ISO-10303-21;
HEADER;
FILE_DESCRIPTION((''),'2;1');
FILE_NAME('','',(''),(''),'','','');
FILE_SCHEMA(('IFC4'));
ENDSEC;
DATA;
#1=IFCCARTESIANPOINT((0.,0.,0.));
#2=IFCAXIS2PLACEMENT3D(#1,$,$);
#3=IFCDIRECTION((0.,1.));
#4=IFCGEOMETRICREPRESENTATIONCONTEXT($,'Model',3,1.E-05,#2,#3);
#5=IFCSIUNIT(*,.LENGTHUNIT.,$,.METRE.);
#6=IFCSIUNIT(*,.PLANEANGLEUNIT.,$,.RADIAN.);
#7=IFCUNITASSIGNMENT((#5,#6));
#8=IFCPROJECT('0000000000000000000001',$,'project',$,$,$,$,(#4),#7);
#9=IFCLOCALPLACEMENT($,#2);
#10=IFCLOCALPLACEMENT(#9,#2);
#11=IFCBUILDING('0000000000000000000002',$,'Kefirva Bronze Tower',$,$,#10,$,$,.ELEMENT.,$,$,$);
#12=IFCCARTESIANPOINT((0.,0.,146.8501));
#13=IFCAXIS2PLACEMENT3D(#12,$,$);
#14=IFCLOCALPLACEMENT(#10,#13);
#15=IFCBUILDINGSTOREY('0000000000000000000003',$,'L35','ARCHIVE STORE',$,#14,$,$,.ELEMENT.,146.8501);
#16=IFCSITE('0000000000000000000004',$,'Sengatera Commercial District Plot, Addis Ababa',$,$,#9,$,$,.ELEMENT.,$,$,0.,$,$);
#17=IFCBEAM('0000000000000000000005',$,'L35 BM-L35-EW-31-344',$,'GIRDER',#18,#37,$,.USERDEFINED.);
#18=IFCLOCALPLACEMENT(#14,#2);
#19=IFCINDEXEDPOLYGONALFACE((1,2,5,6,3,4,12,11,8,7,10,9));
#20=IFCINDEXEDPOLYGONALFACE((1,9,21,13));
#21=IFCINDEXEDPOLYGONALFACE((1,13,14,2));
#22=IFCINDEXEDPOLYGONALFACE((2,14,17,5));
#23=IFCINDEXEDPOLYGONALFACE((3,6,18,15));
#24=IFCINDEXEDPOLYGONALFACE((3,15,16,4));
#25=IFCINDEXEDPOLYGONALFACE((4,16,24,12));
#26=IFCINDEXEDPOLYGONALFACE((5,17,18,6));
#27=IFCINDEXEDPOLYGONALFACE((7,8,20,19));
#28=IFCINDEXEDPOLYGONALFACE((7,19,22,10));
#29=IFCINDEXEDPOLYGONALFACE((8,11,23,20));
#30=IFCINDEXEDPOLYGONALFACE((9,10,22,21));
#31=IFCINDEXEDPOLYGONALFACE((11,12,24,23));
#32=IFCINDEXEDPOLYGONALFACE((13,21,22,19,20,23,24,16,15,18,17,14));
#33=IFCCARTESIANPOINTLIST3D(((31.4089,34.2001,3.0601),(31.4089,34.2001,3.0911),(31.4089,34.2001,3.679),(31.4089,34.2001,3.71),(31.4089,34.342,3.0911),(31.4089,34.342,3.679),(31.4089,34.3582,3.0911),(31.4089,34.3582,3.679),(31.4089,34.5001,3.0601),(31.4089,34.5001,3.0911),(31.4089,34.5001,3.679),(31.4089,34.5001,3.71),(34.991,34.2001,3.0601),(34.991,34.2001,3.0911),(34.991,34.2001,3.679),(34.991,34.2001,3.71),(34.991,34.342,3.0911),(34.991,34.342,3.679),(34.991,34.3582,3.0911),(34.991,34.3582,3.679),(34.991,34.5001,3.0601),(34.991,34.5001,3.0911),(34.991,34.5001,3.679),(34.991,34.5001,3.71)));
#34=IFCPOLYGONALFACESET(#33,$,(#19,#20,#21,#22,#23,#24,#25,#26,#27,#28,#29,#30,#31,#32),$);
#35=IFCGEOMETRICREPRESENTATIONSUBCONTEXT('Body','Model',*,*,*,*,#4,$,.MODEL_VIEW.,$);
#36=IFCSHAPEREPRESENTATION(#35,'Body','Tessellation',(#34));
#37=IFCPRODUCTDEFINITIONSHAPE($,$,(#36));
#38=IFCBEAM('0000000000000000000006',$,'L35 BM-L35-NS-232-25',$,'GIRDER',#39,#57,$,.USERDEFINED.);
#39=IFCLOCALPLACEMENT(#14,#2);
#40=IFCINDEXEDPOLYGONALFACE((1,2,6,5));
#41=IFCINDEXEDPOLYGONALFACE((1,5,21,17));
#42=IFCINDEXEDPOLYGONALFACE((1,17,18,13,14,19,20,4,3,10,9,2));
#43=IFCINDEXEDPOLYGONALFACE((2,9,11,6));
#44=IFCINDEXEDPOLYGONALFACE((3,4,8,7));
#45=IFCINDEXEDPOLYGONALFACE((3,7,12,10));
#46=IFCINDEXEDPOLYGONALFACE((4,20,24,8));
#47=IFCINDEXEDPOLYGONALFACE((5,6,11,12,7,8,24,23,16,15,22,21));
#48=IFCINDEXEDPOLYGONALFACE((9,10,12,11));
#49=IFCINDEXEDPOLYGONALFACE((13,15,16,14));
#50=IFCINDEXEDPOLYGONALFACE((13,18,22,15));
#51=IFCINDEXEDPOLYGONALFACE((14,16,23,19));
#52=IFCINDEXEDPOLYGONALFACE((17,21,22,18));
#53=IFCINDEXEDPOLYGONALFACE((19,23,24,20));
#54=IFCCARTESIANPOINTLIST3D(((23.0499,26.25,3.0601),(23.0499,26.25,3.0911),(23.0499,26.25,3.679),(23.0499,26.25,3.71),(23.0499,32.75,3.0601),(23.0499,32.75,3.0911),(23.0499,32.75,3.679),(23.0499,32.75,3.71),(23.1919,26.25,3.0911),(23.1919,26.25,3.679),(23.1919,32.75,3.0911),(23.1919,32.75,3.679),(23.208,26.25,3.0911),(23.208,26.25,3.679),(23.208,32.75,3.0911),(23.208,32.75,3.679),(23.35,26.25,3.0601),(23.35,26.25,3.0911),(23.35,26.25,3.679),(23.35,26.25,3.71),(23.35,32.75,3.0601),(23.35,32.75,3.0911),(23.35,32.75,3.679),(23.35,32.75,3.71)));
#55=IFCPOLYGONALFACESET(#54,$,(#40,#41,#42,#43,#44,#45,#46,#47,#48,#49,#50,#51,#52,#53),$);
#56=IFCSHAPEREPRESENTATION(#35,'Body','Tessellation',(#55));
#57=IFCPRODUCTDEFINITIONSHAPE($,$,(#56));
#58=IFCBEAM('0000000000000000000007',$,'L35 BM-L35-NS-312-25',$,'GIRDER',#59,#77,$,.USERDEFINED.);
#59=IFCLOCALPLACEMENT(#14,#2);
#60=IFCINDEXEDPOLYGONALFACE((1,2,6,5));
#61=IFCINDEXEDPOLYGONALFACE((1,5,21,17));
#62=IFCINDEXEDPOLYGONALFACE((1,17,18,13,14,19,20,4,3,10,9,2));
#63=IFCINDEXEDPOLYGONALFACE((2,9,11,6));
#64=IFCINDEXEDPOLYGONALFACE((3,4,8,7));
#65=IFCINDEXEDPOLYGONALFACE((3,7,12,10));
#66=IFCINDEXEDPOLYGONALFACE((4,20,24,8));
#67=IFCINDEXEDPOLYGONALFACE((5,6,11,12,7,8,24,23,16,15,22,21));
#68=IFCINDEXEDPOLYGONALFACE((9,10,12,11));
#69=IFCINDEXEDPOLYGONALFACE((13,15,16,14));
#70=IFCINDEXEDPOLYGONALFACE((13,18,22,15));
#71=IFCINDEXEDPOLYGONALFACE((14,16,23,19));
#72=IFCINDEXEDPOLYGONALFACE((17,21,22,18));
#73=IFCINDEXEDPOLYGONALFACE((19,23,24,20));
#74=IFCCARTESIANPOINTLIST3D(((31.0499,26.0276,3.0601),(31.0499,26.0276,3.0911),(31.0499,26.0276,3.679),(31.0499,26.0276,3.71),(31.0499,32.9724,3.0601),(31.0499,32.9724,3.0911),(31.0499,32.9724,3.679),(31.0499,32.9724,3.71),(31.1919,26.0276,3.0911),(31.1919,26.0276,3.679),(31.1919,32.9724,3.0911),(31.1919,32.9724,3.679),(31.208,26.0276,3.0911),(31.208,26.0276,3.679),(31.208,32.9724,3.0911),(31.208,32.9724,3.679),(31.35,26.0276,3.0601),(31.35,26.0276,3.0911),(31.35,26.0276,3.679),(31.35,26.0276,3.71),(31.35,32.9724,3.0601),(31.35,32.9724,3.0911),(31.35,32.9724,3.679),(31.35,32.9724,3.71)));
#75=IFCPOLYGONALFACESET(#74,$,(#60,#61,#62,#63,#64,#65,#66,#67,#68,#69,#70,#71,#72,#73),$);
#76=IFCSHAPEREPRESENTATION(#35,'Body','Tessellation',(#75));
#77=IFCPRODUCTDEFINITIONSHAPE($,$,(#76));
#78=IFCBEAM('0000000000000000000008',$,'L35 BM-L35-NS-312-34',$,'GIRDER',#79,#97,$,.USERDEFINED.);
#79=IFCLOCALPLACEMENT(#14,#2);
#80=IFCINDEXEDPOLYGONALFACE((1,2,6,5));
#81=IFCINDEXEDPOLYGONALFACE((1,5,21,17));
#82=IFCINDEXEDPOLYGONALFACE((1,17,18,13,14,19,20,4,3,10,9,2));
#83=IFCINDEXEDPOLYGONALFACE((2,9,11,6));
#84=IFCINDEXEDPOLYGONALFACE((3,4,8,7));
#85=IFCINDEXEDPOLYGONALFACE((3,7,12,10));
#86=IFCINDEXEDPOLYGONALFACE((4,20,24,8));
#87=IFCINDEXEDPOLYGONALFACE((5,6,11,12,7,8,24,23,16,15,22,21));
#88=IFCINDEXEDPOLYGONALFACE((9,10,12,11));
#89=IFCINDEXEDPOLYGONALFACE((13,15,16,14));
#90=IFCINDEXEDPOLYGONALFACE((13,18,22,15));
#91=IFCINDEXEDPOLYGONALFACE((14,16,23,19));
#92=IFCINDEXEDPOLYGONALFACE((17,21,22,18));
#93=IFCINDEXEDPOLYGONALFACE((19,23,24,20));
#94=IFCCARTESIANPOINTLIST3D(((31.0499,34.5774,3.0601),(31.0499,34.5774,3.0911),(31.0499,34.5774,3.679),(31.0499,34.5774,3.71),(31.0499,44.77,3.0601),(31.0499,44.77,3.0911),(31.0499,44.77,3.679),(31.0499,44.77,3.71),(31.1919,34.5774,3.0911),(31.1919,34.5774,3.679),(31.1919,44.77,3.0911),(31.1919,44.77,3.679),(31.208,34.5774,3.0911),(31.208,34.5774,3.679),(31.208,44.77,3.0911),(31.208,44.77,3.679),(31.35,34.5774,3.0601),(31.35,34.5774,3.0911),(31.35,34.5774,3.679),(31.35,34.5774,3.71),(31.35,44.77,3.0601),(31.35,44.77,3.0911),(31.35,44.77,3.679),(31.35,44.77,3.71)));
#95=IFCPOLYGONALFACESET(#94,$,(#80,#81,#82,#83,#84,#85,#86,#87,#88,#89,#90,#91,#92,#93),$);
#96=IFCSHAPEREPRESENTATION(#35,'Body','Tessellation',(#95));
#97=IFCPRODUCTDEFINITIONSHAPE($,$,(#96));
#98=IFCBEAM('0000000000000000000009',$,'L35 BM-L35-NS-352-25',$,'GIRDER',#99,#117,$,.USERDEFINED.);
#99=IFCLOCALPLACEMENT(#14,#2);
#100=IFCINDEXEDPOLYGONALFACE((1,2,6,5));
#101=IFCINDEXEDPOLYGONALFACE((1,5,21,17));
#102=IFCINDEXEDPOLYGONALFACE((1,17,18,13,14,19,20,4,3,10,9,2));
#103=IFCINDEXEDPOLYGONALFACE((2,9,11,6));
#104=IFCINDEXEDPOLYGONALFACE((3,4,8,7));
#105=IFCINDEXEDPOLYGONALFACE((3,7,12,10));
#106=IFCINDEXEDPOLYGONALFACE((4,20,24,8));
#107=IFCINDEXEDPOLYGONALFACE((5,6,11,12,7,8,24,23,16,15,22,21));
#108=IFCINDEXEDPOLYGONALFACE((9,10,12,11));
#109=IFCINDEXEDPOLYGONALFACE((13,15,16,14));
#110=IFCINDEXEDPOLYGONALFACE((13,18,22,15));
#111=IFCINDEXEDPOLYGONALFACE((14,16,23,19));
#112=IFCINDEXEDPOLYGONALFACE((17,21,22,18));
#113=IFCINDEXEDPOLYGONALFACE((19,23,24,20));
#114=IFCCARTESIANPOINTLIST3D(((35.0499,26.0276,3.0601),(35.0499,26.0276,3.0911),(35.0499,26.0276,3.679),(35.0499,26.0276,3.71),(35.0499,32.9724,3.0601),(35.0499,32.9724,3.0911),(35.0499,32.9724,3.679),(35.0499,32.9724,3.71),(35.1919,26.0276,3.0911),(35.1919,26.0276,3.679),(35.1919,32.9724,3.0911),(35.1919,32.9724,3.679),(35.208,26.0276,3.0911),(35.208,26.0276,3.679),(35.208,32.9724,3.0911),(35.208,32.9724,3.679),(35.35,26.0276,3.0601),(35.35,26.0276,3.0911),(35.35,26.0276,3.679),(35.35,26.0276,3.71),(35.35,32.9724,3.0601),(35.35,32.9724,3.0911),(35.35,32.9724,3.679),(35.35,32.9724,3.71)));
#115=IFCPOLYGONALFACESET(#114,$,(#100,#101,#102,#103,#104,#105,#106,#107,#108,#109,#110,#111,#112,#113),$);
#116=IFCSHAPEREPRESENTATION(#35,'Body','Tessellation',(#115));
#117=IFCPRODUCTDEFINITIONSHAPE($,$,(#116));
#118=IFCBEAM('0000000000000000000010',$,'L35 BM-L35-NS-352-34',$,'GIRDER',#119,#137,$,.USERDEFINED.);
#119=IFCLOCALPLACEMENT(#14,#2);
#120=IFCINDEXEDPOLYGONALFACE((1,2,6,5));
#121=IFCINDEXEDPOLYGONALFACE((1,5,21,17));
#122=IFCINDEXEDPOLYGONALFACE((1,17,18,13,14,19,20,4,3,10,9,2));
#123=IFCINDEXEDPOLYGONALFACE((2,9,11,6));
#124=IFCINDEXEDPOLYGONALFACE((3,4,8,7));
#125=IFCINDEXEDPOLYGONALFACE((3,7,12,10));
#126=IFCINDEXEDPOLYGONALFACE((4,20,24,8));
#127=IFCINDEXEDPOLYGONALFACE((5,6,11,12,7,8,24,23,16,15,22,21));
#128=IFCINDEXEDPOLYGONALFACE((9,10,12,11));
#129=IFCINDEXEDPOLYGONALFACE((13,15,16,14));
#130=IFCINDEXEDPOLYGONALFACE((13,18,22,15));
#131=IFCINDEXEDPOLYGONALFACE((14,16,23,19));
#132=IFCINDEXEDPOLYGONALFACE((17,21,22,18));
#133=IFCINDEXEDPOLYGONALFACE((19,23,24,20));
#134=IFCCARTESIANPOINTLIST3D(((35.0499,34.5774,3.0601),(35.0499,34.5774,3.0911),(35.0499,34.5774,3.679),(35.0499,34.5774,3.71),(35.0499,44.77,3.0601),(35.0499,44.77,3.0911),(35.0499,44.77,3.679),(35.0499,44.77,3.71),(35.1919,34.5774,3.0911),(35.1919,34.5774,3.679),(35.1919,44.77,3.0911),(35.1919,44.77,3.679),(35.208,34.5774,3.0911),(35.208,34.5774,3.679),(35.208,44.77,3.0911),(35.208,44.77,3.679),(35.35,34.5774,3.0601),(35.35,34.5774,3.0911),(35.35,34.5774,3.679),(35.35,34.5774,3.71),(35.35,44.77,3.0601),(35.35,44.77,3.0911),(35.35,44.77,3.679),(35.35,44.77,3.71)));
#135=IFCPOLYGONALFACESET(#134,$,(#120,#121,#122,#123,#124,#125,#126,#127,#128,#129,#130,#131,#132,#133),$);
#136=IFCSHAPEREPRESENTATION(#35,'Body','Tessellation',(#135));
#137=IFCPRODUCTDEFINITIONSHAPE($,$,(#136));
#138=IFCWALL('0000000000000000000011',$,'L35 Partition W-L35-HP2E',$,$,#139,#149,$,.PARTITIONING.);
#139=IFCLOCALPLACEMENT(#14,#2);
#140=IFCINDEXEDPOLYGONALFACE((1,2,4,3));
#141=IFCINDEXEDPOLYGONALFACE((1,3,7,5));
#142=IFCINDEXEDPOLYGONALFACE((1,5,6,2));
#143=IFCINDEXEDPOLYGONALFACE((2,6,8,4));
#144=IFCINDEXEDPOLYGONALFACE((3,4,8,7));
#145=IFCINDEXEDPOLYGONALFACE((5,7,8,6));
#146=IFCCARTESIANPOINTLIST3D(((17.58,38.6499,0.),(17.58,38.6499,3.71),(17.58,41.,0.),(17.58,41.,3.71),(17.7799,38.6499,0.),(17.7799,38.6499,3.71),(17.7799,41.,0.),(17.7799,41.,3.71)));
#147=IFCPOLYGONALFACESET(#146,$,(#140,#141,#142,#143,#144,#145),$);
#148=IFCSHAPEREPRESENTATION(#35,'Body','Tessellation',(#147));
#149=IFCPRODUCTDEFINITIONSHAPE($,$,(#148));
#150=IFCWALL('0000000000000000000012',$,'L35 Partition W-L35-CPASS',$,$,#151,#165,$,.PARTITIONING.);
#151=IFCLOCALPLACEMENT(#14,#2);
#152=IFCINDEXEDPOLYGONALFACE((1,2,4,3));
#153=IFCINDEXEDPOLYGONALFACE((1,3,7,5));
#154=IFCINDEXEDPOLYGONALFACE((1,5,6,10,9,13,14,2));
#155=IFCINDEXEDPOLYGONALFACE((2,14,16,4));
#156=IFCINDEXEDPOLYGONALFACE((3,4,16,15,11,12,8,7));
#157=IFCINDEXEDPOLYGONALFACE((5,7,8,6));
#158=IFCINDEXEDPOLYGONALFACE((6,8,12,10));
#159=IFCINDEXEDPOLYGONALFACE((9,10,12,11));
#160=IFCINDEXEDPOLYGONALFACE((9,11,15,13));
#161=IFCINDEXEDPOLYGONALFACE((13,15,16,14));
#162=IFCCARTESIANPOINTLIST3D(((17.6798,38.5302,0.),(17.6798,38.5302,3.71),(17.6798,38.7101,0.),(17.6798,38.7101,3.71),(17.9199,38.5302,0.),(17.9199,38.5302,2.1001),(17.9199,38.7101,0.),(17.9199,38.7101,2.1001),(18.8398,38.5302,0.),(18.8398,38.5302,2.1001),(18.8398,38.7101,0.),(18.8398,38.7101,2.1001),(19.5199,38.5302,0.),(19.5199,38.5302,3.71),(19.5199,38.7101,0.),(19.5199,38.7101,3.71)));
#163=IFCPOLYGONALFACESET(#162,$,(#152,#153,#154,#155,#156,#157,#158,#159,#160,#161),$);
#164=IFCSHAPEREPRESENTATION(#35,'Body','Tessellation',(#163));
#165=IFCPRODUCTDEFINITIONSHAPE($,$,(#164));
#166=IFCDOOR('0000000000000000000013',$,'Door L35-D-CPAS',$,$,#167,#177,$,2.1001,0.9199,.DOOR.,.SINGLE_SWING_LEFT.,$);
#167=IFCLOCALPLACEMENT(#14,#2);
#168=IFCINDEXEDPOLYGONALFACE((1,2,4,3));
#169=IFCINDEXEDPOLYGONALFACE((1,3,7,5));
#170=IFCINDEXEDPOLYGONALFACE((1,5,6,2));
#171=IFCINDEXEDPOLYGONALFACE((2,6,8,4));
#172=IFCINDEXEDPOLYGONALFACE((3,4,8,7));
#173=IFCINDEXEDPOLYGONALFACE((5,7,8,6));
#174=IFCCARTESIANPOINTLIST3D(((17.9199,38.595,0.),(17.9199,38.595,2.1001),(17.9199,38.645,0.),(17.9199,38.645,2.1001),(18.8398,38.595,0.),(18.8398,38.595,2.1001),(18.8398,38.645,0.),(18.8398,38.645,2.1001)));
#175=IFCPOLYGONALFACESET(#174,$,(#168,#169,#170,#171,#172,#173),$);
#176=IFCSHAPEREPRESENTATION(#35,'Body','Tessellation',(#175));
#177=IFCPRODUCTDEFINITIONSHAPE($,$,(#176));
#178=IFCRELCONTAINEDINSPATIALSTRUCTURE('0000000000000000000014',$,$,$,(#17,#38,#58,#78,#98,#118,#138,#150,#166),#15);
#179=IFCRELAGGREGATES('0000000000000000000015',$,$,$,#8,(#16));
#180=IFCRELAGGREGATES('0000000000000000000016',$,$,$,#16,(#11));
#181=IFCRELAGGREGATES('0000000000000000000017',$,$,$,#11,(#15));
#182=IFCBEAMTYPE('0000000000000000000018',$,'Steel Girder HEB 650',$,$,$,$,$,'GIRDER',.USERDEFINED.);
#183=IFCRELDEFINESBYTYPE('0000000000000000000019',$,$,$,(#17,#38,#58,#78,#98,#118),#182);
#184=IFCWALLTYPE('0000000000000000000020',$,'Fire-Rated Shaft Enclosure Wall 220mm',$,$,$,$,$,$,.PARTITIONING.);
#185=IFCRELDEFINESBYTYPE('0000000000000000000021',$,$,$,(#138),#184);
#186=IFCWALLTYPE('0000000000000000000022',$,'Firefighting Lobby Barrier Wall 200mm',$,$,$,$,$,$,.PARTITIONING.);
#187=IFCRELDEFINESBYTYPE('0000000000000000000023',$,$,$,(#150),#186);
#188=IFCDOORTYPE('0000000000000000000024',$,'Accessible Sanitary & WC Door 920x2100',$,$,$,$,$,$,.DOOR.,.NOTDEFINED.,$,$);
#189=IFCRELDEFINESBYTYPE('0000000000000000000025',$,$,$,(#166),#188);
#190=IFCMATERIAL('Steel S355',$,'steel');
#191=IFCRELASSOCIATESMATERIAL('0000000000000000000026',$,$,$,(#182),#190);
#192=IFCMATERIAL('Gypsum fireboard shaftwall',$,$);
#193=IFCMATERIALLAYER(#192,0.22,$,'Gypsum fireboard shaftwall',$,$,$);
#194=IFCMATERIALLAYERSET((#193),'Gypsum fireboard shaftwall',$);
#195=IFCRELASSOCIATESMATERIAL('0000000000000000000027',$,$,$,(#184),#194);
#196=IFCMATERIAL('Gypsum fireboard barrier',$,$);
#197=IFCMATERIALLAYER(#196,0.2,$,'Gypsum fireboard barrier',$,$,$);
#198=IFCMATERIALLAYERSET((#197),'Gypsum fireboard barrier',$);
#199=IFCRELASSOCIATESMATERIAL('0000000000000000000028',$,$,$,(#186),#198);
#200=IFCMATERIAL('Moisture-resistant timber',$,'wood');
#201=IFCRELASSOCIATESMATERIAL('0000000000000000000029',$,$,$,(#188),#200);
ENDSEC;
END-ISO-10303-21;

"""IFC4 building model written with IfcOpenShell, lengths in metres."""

from ifc_helpers import new_model, si_unit, direction, frame, frame_2d, origin, origin_2d, place, context, subcontext, project, spatial, rectangle, i_section, extrude, material, layer, layer_set, material_profile, profile_set, type_object, element, fill, save


model = new_model("IFC4")

# Units and contexts
model_context = context("Model", 3, precision=1e-05, world=origin(), true_north=direction((0.0, 1.0)))
body_context = subcontext(model_context, "Body", "Model", "MODEL_VIEW")
ifc_project = project(units=[si_unit("LENGTHUNIT", "METRE"), si_unit("PLANEANGLEUNIT", "RADIAN")], contexts=[model_context])

# Site, building, storey
site_placement = place(None, origin())
site = spatial("IfcSite", under=ifc_project, at=site_placement, Name="Sengatera Commercial District Plot, Addis Ababa", CompositionType="ELEMENT", RefElevation=0.0)
building_placement = place(site_placement, origin())
building = spatial("IfcBuilding", under=site, at=building_placement, Name="Kefirva Bronze Tower", CompositionType="ELEMENT")
storey_placement = place(building_placement, frame((0.0, 0.0, 146.8501)))
storey = spatial("IfcBuildingStorey", under=building, at=storey_placement, Name="L35", Description="ARCHIVE STORE", CompositionType="ELEMENT", Elevation=146.8501)

# Beams
ifc_material_1 = material(Name="Steel S355", Category="steel")
ifc_material_profile_1 = material_profile(ifc_material_1, i_section(OverallWidth=0.3, OverallDepth=0.6499, WebThickness=0.0161, FlangeThickness=0.031, at=origin_2d()), Name="HEB 650")
ifc_profile_set_1 = profile_set([ifc_material_profile_1], Name="Steel S355")
beam_type_1 = type_object("IfcBeamType", Name="Steel Girder HEB 650", ElementType="GIRDER", PredefinedType="USERDEFINED", material=ifc_profile_set_1)
for number, where, z_axis, x_axis, name in (
    (1, (31.4089, 34.3501, 3.385), (1.0, 0.0, 0.0), (0.0, 1.0, 0.0), "L35 BM-L35-EW-31-344"),
):
    element("IfcBeam", number, at=place(storey_placement, frame(where, z_axis=z_axis, x_axis=x_axis)), inside=storey, type_object=beam_type_1, Name=name, ObjectType="GIRDER", PredefinedType="USERDEFINED", context=body_context, shape_type="SweptSolid", body=[
        extrude(i_section(OverallWidth=0.3, OverallDepth=0.6499, WebThickness=0.0161, FlangeThickness=0.031, at=origin_2d()), origin(), (0.0, 0.0, 1.0), 3.582),
    ])
beam_1_placement = place(storey_placement, frame((23.2, 26.25, 3.385), z_axis=(0.0, 1.0, 0.0), x_axis=(-1.0, 0.0, 0.0)))
element("IfcBeam", 2, at=beam_1_placement, inside=storey, type_object=beam_type_1, Name="L35 BM-L35-NS-232-25", ObjectType="GIRDER", PredefinedType="USERDEFINED", context=body_context, shape_type="SweptSolid", body=[
    extrude(i_section(OverallWidth=0.3, OverallDepth=0.6499, WebThickness=0.0161, FlangeThickness=0.031, at=origin_2d()), origin(), (0.0, 0.0, 1.0), 6.5),
])
beam_2_placement = place(storey_placement, frame((31.2, 26.0276, 3.385), z_axis=(0.0, 1.0, 0.0), x_axis=(-1.0, 0.0, 0.0)))
element("IfcBeam", 3, at=beam_2_placement, inside=storey, type_object=beam_type_1, Name="L35 BM-L35-NS-312-25", ObjectType="GIRDER", PredefinedType="USERDEFINED", context=body_context, shape_type="SweptSolid", body=[
    extrude(i_section(OverallWidth=0.3, OverallDepth=0.6499, WebThickness=0.0161, FlangeThickness=0.031, at=origin_2d()), origin(), (0.0, 0.0, 1.0), 6.9448),
])
beam_3_placement = place(storey_placement, frame((31.2, 34.5774, 3.385), z_axis=(0.0, 1.0, 0.0), x_axis=(-1.0, 0.0, 0.0)))
element("IfcBeam", 4, at=beam_3_placement, inside=storey, type_object=beam_type_1, Name="L35 BM-L35-NS-312-34", ObjectType="GIRDER", PredefinedType="USERDEFINED", context=body_context, shape_type="SweptSolid", body=[
    extrude(i_section(OverallWidth=0.3, OverallDepth=0.6499, WebThickness=0.0161, FlangeThickness=0.031, at=origin_2d()), origin(), (0.0, 0.0, 1.0), 10.1926),
])
beam_4_placement = place(storey_placement, frame((35.2, 26.0276, 3.385), z_axis=(0.0, 1.0, 0.0), x_axis=(-1.0, 0.0, 0.0)))
element("IfcBeam", 5, at=beam_4_placement, inside=storey, type_object=beam_type_1, Name="L35 BM-L35-NS-352-25", ObjectType="GIRDER", PredefinedType="USERDEFINED", context=body_context, shape_type="SweptSolid", body=[
    extrude(i_section(OverallWidth=0.3, OverallDepth=0.6499, WebThickness=0.0161, FlangeThickness=0.031, at=origin_2d()), origin(), (0.0, 0.0, 1.0), 6.9448),
])
beam_5_placement = place(storey_placement, frame((35.2, 34.5774, 3.385), z_axis=(0.0, 1.0, 0.0), x_axis=(-1.0, 0.0, 0.0)))
element("IfcBeam", 6, at=beam_5_placement, inside=storey, type_object=beam_type_1, Name="L35 BM-L35-NS-352-34", ObjectType="GIRDER", PredefinedType="USERDEFINED", context=body_context, shape_type="SweptSolid", body=[
    extrude(i_section(OverallWidth=0.3, OverallDepth=0.6499, WebThickness=0.0161, FlangeThickness=0.031, at=origin_2d()), origin(), (0.0, 0.0, 1.0), 10.1926),
])

# Shared definitions
ifc_material_2 = material(Name="Gypsum fireboard shaftwall")
ifc_layer_1 = layer(ifc_material_2, 0.22, Name="Gypsum fireboard shaftwall")
ifc_layer_set_1 = layer_set([ifc_layer_1], Name="Gypsum fireboard shaftwall")
wall_type_1 = type_object("IfcWallType", Name="Fire-Rated Shaft Enclosure Wall 220mm", PredefinedType="PARTITIONING", material=ifc_layer_set_1)

# Wall
wall_1_placement = place(storey_placement, frame((17.6799, 38.6499, 0.0), z_axis=(0.0, 0.0, 1.0), x_axis=(0.0, 1.0, 0.0)))
element("IfcWall", 7, at=wall_1_placement, inside=storey, type_object=wall_type_1, Name="L35 Partition W-L35-HP2E", PredefinedType="PARTITIONING", context=body_context, shape_type="SweptSolid", body=[
    extrude(rectangle(XDim=2.3501, YDim=0.2, at=frame_2d((1.175, 0.0))), origin(), (0.0, 0.0, 1.0), 3.71),
])

# Wall, opening, door
ifc_material_3 = material(Name="Gypsum fireboard barrier")
ifc_layer_2 = layer(ifc_material_3, 0.2, Name="Gypsum fireboard barrier")
ifc_layer_set_2 = layer_set([ifc_layer_2], Name="Gypsum fireboard barrier")
wall_type_2 = type_object("IfcWallType", Name="Firefighting Lobby Barrier Wall 200mm", PredefinedType="PARTITIONING", material=ifc_layer_set_2)
wall_2_placement = place(storey_placement, frame((17.6799, 38.6201, 0.0), z_axis=(0.0, 0.0, 1.0), x_axis=(1.0, 0.0, 0.0)))
wall_2 = element("IfcWall", 8, at=wall_2_placement, inside=storey, type_object=wall_type_2, Name="L35 Partition W-L35-CPASS", PredefinedType="PARTITIONING", context=body_context, shape_type="SweptSolid", body=[
    extrude(rectangle(XDim=1.8401, YDim=0.1799, at=frame_2d((0.9199, 0.0))), origin(), (0.0, 0.0, 1.0), 3.71),
])
opening_1_placement = place(wall_2_placement, frame((0.24, 0.0, 0.0)))
opening_1 = element("IfcOpeningElement", 9, at=opening_1_placement, cuts=wall_2, PredefinedType="OPENING", context=body_context, shape_type="SweptSolid", body=[
    extrude(rectangle(XDim=0.9199, YDim=2.1001, at=frame_2d((0.46, 1.05))), frame((0.0, 0.1001, 0.0), z_axis=(0.0, -1.0, 0.0), x_axis=(1.0, 0.0, 0.0)), (0.0, 0.0, 1.0), 0.2),
])
ifc_material_4 = material(Name="Moisture-resistant timber", Category="wood")
door_type_1 = type_object("IfcDoorType", Name="Accessible Sanitary & WC Door 920x2100", OperationType="NOTDEFINED", PredefinedType="DOOR", material=ifc_material_4)
door_1_placement = place(opening_1_placement, origin())
door_1 = element("IfcDoor", 10, at=door_1_placement, inside=storey, type_object=door_type_1, Name="Door L35-D-CPAS", OperationType="SINGLE_SWING_LEFT", OverallHeight=2.1001, OverallWidth=0.9199, PredefinedType="DOOR", context=body_context, shape_type="SweptSolid", body=[
    extrude(rectangle(XDim=0.9199, YDim=2.1001, at=frame_2d((0.46, 1.05))), frame((0.0, 0.0249, 0.0), z_axis=(0.0, -1.0, 0.0), x_axis=(1.0, 0.0, 0.0)), (0.0, 0.0, 1.0), 0.05),
])
fill(opening_1, door_1)

save(model, "model.ifc")
